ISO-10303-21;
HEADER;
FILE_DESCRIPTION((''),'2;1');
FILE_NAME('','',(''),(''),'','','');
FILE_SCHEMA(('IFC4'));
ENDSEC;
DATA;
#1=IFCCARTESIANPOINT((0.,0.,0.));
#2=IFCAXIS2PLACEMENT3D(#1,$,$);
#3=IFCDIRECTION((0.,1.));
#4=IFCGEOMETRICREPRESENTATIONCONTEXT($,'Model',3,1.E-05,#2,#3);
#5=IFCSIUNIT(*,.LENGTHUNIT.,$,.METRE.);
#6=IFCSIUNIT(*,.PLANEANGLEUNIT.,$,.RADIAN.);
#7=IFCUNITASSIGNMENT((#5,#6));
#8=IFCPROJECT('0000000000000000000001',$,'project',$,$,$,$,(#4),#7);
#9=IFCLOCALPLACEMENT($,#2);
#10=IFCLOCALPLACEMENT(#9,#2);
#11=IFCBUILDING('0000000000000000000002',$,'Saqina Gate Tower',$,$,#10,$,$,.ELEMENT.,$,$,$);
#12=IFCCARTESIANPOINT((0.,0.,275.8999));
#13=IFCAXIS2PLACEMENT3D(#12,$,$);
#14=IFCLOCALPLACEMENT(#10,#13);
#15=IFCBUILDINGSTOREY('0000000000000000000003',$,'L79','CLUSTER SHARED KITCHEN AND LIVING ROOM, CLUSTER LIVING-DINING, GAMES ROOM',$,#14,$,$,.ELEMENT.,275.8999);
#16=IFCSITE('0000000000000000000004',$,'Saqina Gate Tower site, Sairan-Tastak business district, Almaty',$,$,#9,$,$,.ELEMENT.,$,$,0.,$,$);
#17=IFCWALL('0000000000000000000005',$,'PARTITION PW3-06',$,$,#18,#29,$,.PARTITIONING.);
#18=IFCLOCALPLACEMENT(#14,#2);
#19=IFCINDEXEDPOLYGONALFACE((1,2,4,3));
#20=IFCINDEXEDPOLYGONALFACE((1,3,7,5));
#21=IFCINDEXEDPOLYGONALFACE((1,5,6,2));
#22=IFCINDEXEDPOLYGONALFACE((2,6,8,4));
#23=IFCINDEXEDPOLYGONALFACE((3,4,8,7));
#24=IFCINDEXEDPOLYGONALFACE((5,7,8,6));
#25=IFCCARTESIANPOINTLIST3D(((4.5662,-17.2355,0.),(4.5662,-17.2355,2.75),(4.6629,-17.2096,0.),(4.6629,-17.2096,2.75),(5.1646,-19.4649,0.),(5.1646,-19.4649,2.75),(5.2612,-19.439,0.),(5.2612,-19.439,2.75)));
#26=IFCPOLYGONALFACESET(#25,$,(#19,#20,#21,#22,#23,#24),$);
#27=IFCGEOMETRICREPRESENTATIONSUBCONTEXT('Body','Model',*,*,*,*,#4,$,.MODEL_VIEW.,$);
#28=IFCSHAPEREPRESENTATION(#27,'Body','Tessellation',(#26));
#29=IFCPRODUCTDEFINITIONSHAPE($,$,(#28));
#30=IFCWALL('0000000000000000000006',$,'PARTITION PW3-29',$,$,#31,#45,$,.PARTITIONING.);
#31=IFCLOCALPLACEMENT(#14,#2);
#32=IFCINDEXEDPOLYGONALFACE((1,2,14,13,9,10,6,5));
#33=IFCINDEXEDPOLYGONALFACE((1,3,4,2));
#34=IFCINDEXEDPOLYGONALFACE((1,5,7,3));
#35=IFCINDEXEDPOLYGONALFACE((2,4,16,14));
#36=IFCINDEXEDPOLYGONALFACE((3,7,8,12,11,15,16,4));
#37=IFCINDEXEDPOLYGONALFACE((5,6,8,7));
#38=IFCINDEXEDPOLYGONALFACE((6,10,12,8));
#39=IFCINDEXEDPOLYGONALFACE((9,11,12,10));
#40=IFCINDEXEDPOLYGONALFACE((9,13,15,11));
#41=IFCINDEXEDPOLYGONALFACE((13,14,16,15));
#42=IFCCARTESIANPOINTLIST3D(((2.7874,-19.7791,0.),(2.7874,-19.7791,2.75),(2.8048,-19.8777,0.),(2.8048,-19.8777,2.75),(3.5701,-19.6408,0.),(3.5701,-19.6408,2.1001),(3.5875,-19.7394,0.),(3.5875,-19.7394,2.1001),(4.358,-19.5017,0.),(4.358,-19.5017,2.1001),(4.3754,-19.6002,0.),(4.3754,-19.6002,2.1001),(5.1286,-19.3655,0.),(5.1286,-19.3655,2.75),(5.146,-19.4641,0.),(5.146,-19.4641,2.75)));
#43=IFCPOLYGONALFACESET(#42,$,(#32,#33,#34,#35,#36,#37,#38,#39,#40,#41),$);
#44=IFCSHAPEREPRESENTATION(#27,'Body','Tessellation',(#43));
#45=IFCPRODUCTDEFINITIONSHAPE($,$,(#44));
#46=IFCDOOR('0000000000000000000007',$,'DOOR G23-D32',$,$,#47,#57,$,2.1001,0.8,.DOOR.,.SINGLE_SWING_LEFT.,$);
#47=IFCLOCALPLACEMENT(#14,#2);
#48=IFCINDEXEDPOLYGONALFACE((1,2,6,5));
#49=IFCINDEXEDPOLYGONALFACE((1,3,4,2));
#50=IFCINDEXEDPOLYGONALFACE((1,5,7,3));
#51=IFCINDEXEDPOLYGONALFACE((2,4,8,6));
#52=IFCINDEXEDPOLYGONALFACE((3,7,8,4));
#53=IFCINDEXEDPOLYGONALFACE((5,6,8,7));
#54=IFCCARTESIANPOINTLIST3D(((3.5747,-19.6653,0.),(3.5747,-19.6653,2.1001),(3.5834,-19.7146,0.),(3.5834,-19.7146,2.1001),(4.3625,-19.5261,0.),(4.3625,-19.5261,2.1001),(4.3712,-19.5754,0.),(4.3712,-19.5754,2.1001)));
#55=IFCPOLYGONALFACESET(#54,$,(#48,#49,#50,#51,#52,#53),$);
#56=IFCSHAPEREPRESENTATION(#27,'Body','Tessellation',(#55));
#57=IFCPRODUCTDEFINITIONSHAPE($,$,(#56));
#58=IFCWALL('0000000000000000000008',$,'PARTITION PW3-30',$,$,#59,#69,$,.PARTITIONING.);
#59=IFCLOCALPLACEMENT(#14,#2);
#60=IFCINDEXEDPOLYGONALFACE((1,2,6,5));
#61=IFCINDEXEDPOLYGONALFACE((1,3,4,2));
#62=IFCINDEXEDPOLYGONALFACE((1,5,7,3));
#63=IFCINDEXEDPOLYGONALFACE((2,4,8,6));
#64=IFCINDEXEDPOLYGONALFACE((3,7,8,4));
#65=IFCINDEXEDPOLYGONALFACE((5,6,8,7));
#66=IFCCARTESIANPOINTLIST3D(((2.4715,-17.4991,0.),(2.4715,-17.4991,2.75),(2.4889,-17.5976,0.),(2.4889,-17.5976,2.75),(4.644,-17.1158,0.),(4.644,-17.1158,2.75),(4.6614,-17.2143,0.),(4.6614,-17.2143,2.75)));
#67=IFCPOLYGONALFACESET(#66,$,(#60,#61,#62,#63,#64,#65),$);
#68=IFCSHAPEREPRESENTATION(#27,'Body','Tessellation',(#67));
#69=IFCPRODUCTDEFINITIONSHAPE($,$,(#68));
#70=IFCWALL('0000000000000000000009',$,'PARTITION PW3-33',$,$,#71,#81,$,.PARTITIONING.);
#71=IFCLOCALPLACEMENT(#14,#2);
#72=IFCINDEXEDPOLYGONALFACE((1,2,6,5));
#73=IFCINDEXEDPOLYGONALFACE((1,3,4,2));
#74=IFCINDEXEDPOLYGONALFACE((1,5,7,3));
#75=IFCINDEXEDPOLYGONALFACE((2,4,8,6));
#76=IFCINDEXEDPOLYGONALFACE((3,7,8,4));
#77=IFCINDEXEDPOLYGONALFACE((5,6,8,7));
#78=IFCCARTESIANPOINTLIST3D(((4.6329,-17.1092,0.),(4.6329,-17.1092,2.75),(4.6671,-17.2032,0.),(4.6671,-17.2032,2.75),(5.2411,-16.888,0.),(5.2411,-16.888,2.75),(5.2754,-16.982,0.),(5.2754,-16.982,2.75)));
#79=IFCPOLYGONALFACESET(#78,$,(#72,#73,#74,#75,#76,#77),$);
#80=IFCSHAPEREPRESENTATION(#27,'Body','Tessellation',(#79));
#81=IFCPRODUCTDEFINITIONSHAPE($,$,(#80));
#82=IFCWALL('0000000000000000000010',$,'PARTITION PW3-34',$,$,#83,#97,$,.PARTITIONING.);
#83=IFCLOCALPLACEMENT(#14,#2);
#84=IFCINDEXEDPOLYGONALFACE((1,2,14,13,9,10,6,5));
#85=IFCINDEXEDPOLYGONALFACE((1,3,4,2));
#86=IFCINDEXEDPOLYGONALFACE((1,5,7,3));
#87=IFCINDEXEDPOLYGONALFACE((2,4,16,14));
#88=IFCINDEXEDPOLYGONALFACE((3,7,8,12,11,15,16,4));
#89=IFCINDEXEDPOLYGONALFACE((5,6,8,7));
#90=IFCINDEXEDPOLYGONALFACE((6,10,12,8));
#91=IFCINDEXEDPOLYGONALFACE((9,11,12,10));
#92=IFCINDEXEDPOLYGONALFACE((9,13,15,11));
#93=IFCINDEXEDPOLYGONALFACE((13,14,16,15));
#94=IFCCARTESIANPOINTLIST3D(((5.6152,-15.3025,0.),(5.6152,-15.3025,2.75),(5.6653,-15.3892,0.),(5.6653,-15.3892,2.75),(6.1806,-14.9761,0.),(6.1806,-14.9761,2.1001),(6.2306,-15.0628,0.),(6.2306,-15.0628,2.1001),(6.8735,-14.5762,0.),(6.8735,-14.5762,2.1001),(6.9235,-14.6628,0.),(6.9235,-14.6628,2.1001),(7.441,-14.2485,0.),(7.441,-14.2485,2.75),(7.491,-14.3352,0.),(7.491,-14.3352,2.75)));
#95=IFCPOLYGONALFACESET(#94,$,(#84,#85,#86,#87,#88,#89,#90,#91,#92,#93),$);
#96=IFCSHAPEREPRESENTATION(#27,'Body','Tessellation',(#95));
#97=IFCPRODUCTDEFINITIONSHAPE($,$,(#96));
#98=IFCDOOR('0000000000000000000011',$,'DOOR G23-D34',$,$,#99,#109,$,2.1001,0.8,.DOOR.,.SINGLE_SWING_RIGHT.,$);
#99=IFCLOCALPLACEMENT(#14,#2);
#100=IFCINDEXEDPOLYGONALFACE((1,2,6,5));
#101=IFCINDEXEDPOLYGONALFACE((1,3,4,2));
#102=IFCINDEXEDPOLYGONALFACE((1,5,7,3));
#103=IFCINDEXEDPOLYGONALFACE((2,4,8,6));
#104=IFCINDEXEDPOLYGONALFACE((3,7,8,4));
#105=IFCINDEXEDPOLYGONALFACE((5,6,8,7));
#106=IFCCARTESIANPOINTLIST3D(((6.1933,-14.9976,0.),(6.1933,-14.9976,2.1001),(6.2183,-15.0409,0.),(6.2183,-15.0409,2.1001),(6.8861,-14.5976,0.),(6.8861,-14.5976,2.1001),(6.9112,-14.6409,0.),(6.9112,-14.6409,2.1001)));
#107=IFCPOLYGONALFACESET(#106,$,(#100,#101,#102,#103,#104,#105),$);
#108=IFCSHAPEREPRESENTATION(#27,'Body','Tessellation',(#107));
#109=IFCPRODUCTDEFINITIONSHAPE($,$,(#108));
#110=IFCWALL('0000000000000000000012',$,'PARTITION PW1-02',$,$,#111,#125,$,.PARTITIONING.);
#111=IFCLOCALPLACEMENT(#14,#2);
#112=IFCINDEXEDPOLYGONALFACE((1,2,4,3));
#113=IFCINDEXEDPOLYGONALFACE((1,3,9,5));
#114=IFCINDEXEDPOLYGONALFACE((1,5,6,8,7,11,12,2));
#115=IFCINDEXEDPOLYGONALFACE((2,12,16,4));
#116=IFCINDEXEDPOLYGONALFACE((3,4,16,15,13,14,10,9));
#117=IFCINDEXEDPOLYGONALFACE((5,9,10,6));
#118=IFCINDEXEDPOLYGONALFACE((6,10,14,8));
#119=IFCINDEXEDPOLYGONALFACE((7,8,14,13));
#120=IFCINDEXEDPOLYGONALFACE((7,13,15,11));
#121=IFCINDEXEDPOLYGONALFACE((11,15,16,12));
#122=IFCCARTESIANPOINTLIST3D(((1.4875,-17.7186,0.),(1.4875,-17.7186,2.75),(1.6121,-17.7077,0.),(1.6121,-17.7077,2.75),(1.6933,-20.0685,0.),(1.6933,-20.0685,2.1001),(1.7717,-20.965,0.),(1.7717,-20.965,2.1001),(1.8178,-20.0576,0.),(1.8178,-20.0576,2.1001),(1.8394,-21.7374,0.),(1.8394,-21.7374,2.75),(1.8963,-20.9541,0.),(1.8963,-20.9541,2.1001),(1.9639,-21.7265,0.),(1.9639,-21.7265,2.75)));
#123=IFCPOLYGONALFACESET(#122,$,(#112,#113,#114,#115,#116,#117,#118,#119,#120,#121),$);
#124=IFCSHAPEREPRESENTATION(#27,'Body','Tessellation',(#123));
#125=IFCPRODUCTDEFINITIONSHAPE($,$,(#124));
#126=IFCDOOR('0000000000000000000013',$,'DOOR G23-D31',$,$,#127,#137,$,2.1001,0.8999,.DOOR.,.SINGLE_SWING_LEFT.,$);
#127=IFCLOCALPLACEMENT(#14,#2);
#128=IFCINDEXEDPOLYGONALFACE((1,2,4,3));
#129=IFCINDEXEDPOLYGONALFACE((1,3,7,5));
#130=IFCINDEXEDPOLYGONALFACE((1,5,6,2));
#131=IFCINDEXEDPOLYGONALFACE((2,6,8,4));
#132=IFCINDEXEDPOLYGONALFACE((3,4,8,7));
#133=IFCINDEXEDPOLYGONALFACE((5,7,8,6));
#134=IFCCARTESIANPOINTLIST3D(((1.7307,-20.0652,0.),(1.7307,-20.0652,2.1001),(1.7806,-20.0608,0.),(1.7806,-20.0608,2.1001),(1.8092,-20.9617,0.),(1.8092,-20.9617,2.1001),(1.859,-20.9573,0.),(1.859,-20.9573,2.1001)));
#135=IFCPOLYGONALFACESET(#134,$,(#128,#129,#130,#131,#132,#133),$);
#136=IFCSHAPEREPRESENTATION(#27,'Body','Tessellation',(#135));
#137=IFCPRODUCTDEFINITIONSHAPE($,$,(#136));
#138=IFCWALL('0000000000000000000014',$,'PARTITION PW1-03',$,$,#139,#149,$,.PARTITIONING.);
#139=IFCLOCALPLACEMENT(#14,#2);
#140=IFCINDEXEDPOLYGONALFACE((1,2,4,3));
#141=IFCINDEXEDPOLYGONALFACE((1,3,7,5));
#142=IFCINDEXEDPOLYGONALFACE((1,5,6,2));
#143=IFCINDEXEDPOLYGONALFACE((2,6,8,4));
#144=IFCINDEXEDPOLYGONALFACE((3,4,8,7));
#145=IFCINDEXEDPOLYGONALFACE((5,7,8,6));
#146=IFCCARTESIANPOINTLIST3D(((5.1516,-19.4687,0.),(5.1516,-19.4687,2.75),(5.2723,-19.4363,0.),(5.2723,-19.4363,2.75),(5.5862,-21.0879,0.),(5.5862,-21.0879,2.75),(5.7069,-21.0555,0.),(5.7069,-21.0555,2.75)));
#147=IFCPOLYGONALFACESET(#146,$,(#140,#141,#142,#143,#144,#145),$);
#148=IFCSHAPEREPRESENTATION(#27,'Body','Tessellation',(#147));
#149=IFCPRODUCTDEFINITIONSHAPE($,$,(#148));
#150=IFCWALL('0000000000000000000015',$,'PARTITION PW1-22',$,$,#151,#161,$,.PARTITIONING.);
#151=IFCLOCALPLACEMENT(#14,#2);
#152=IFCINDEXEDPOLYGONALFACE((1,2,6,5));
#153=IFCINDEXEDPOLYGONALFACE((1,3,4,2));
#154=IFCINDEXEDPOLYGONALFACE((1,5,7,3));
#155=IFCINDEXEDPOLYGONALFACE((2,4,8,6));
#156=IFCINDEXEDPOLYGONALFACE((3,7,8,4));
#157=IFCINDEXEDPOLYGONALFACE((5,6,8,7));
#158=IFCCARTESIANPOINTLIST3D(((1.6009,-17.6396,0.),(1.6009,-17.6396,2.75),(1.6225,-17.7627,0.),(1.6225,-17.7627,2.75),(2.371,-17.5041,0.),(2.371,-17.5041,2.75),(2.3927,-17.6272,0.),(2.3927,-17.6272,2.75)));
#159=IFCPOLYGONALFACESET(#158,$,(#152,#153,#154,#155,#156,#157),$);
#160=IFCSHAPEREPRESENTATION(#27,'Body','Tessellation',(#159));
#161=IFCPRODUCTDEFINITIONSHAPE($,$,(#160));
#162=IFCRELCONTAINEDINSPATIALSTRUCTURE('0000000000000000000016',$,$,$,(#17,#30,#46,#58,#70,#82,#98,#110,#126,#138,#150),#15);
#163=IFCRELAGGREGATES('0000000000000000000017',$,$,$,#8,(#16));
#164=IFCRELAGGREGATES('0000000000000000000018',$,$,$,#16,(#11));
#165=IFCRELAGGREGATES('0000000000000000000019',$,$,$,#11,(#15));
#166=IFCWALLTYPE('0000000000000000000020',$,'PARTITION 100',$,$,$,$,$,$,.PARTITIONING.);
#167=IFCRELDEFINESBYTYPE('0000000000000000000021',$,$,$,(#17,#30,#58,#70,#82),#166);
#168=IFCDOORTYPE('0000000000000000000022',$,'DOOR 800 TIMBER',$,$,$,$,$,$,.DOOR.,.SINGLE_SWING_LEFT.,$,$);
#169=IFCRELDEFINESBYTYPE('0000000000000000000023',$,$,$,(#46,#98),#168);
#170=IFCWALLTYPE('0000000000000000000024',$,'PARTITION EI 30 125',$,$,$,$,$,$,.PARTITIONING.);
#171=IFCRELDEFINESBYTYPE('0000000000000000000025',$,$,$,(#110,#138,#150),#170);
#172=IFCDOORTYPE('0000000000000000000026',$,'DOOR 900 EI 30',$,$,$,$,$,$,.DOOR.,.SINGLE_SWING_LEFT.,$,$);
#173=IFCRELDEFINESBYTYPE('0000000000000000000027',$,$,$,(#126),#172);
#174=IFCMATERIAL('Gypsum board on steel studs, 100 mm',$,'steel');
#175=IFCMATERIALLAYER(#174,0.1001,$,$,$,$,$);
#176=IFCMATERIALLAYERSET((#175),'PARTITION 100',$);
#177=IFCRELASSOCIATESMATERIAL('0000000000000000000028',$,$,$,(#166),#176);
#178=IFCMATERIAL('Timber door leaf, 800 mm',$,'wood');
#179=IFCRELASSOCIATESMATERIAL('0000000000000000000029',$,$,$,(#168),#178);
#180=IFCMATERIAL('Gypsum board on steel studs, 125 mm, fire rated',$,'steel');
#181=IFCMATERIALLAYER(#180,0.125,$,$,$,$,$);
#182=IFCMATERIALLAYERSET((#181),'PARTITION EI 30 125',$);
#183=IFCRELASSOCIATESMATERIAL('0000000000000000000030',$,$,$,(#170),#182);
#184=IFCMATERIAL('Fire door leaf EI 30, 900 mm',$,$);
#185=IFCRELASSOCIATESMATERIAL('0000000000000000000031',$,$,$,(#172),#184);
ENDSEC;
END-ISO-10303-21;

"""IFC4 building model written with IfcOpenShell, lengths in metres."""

from ifc_helpers import new_model, si_unit, direction, frame, frame_2d, origin, place, context, subcontext, project, spatial, rectangle, extrude, material, layer, layer_set, type_object, element, fill, save


model = new_model("IFC4")

# Units and contexts
model_context = context("Model", 3, precision=1e-05, world=origin(), true_north=direction((0.0, 1.0)))
body_context = subcontext(model_context, "Body", "Model", "MODEL_VIEW")
ifc_project = project(units=[si_unit("LENGTHUNIT", "METRE"), si_unit("PLANEANGLEUNIT", "RADIAN")], contexts=[model_context])

# Site, building, storey
site_placement = place(None, origin())
site = spatial("IfcSite", under=ifc_project, at=site_placement, Name="Saqina Gate Tower site, Sairan-Tastak business district, Almaty", CompositionType="ELEMENT", RefElevation=0.0)
building_placement = place(site_placement, origin())
building = spatial("IfcBuilding", under=site, at=building_placement, Name="Saqina Gate Tower", CompositionType="ELEMENT")
storey_placement = place(building_placement, frame((0.0, 0.0, 275.8999)))
storey = spatial("IfcBuildingStorey", under=building, at=storey_placement, Name="L79", Description="CLUSTER SHARED KITCHEN AND LIVING ROOM, CLUSTER LIVING-DINING, GAMES ROOM", CompositionType="ELEMENT", Elevation=275.8999)

# Wall
ifc_material_1 = material(Name="Gypsum board on steel studs, 100 mm", Category="steel")
ifc_layer_1 = layer(ifc_material_1, 0.1001)
ifc_layer_set_1 = layer_set([ifc_layer_1], Name="PARTITION 100")
wall_type_1 = type_object("IfcWallType", Name="PARTITION 100", PredefinedType="PARTITIONING", material=ifc_layer_set_1)
wall_1_placement = place(storey_placement, frame((4.6145, -17.2224, 0.0), z_axis=(0.0, 0.0, 1.0), x_axis=(0.259222, -0.965818, 0.0)))
element("IfcWall", 1, at=wall_1_placement, inside=storey, type_object=wall_type_1, Name="PARTITION PW3-06", PredefinedType="PARTITIONING", context=body_context, shape_type="SweptSolid", body=[
    extrude(rectangle(XDim=2.3083, YDim=0.1001, at=frame_2d((1.1543, 0.0))), origin(), (0.0, 0.0, 1.0), 2.75),
])

# Wall, opening, door
wall_2_placement = place(storey_placement, frame((2.7961, -19.8284, 0.0), z_axis=(0.0, 0.0, 1.0), x_axis=(0.984755, 0.173949, 0.0)))
wall_2 = element("IfcWall", 2, at=wall_2_placement, inside=storey, type_object=wall_type_1, Name="PARTITION PW3-29", PredefinedType="PARTITIONING", context=body_context, shape_type="SweptSolid", body=[
    extrude(rectangle(XDim=2.3774, YDim=0.1001, at=frame_2d((1.1887, 0.0))), origin(), (0.0, 0.0, 1.0), 2.75),
])
opening_1_placement = place(wall_2_placement, frame((0.7949, 0.0, 0.0)))
opening_1 = element("IfcOpeningElement", 3, at=opening_1_placement, cuts=wall_2, PredefinedType="OPENING", context=body_context, shape_type="SweptSolid", body=[
    extrude(rectangle(XDim=0.8, YDim=2.1001, at=frame_2d((0.3999, 1.05))), frame((0.0, 0.062, 0.0), z_axis=(0.0, -1.0, 0.0), x_axis=(1.0, 0.0, 0.0)), (0.0, 0.0, 1.0), 0.124),
])
ifc_material_2 = material(Name="Timber door leaf, 800 mm", Category="wood")
door_type_1 = type_object("IfcDoorType", Name="DOOR 800 TIMBER", OperationType="SINGLE_SWING_LEFT", PredefinedType="DOOR", material=ifc_material_2)
door_1_placement = place(opening_1_placement, frame((0.8, 0.0, 0.0), z_axis=(0.0, 0.0, 1.0), x_axis=(-1.0, 0.0, 0.0)))
door_1 = element("IfcDoor", 4, at=door_1_placement, inside=storey, type_object=door_type_1, Name="DOOR G23-D32", OperationType="SINGLE_SWING_LEFT", OverallHeight=2.1001, OverallWidth=0.8, PredefinedType="DOOR", context=body_context, shape_type="SweptSolid", body=[
    extrude(rectangle(XDim=0.8, YDim=2.1001, at=frame_2d((0.3999, 1.05))), frame((0.0, 0.0249, 0.0), z_axis=(0.0, -1.0, 0.0), x_axis=(1.0, 0.0, 0.0)), (0.0, 0.0, 1.0), 0.05),
])
fill(opening_1, door_1)

# Walls
wall_3_placement = place(storey_placement, frame((2.4802, -17.5483, 0.0), z_axis=(0.0, 0.0, 1.0), x_axis=(0.984791, 0.173741, 0.0)))
element("IfcWall", 5, at=wall_3_placement, inside=storey, type_object=wall_type_1, Name="PARTITION PW3-30", PredefinedType="PARTITIONING", context=body_context, shape_type="SweptSolid", body=[
    extrude(rectangle(XDim=2.2061, YDim=0.1001, at=frame_2d((1.103, 0.0))), origin(), (0.0, 0.0, 1.0), 2.75),
])
wall_4_placement = place(storey_placement, frame((4.6499, -17.1562, 0.0), z_axis=(0.0, 0.0, 1.0), x_axis=(0.939771, 0.341804, 0.0)))
element("IfcWall", 6, at=wall_4_placement, inside=storey, type_object=wall_type_1, Name="PARTITION PW3-33", PredefinedType="PARTITIONING", context=body_context, shape_type="SweptSolid", body=[
    extrude(rectangle(XDim=0.6472, YDim=0.1001, at=frame_2d((0.3237, 0.0))), origin(), (0.0, 0.0, 1.0), 2.75),
])

# Walls, openings, doors
wall_5_placement = place(storey_placement, frame((5.6401, -15.3459, 0.0), z_axis=(0.0, 0.0, 1.0), x_axis=(0.866047, 0.499963, 0.0)))
wall_5 = element("IfcWall", 7, at=wall_5_placement, inside=storey, type_object=wall_type_1, Name="PARTITION PW3-34", PredefinedType="PARTITIONING", context=body_context, shape_type="SweptSolid", body=[
    extrude(rectangle(XDim=2.1082, YDim=0.1001, at=frame_2d((1.0542, 0.0))), origin(), (0.0, 0.0, 1.0), 2.75),
])
opening_2_placement = place(wall_5_placement, frame((0.6531, 0.0, 0.0)))
opening_2 = element("IfcOpeningElement", 8, at=opening_2_placement, cuts=wall_5, PredefinedType="OPENING", context=body_context, shape_type="SweptSolid", body=[
    extrude(rectangle(XDim=0.8, YDim=2.1001, at=frame_2d((0.3999, 1.05))), frame((0.0, 0.062, 0.0), z_axis=(0.0, -1.0, 0.0), x_axis=(1.0, 0.0, 0.0)), (0.0, 0.0, 1.0), 0.124),
])
door_2_placement = place(opening_2_placement, frame((0.8, 0.0, 0.0), z_axis=(0.0, 0.0, 1.0), x_axis=(-1.0, 0.0, 0.0)))
door_2 = element("IfcDoor", 9, at=door_2_placement, inside=storey, type_object=door_type_1, Name="DOOR G23-D34", OperationType="SINGLE_SWING_RIGHT", OverallHeight=2.1001, OverallWidth=0.8, PredefinedType="DOOR", context=body_context, shape_type="SweptSolid", body=[
    extrude(rectangle(XDim=0.8, YDim=2.1001, at=frame_2d((0.3999, 1.05))), frame((0.0, 0.0249, 0.0), z_axis=(0.0, -1.0, 0.0), x_axis=(1.0, 0.0, 0.0)), (0.0, 0.0, 1.0), 0.05),
])
fill(opening_2, door_2)
ifc_material_3 = material(Name="Gypsum board on steel studs, 125 mm, fire rated", Category="steel")
ifc_layer_2 = layer(ifc_material_3, 0.125)
ifc_layer_set_2 = layer_set([ifc_layer_2], Name="PARTITION EI 30 125")
wall_type_2 = type_object("IfcWallType", Name="PARTITION EI 30 125", PredefinedType="PARTITIONING", material=ifc_layer_set_2)
wall_6_placement = place(storey_placement, frame((1.5498, -17.7131, 0.0), z_axis=(0.0, 0.0, 1.0), x_axis=(0.087207, -0.99619, 0.0)))
wall_6 = element("IfcWall", 10, at=wall_6_placement, inside=storey, type_object=wall_type_2, Name="PARTITION PW1-02", PredefinedType="PARTITIONING", context=body_context, shape_type="SweptSolid", body=[
    extrude(rectangle(XDim=4.0342, YDim=0.125, at=frame_2d((2.0171, 0.0))), origin(), (0.0, 0.0, 1.0), 2.75),
])
opening_3_placement = place(wall_6_placement, frame((2.3589, 0.0, 0.0)))
opening_3 = element("IfcOpeningElement", 11, at=opening_3_placement, cuts=wall_6, PredefinedType="OPENING", context=body_context, shape_type="SweptSolid", body=[
    extrude(rectangle(XDim=0.8999, YDim=2.1001, at=frame_2d((0.45, 1.05))), frame((0.0, 0.0745, 0.0), z_axis=(0.0, -1.0, 0.0), x_axis=(1.0, 0.0, 0.0)), (0.0, 0.0, 1.0), 0.1489),
])
ifc_material_4 = material(Name="Fire door leaf EI 30, 900 mm")
door_type_2 = type_object("IfcDoorType", Name="DOOR 900 EI 30", OperationType="SINGLE_SWING_LEFT", PredefinedType="DOOR", material=ifc_material_4)
door_3_placement = place(opening_3_placement, frame((0.8999, 0.0, 0.0), z_axis=(0.0, 0.0, 1.0), x_axis=(-1.0, 0.0, 0.0)))
door_3 = element("IfcDoor", 12, at=door_3_placement, inside=storey, type_object=door_type_2, Name="DOOR G23-D31", OperationType="SINGLE_SWING_LEFT", OverallHeight=2.1001, OverallWidth=0.8999, PredefinedType="DOOR", context=body_context, shape_type="SweptSolid", body=[
    extrude(rectangle(XDim=0.8999, YDim=2.1001, at=frame_2d((0.45, 1.05))), frame((0.0, 0.0249, 0.0), z_axis=(0.0, -1.0, 0.0), x_axis=(1.0, 0.0, 0.0)), (0.0, 0.0, 1.0), 0.05),
])
fill(opening_3, door_3)

# Walls
wall_7_placement = place(storey_placement, frame((5.2119, -19.4524, 0.0), z_axis=(0.0, 0.0, 1.0), x_axis=(0.259221, -0.965818, 0.0)))
element("IfcWall", 13, at=wall_7_placement, inside=storey, type_object=wall_type_2, Name="PARTITION PW1-03", PredefinedType="PARTITIONING", context=body_context, shape_type="SweptSolid", body=[
    extrude(rectangle(XDim=1.6765, YDim=0.125, at=frame_2d((0.8384, 0.0))), origin(), (0.0, 0.0, 1.0), 2.75),
])
wall_8_placement = place(storey_placement, frame((1.6116, -17.7012, 0.0), z_axis=(0.0, 0.0, 1.0), x_axis=(0.984878, 0.173251, 0.0)))
element("IfcWall", 14, at=wall_8_placement, inside=storey, type_object=wall_type_2, Name="PARTITION PW1-22", PredefinedType="PARTITIONING", context=body_context, shape_type="SweptSolid", body=[
    extrude(rectangle(XDim=0.782, YDim=0.125, at=frame_2d((0.3911, 0.0))), origin(), (0.0, 0.0, 1.0), 2.75),
])

save(model, "model.ifc")
